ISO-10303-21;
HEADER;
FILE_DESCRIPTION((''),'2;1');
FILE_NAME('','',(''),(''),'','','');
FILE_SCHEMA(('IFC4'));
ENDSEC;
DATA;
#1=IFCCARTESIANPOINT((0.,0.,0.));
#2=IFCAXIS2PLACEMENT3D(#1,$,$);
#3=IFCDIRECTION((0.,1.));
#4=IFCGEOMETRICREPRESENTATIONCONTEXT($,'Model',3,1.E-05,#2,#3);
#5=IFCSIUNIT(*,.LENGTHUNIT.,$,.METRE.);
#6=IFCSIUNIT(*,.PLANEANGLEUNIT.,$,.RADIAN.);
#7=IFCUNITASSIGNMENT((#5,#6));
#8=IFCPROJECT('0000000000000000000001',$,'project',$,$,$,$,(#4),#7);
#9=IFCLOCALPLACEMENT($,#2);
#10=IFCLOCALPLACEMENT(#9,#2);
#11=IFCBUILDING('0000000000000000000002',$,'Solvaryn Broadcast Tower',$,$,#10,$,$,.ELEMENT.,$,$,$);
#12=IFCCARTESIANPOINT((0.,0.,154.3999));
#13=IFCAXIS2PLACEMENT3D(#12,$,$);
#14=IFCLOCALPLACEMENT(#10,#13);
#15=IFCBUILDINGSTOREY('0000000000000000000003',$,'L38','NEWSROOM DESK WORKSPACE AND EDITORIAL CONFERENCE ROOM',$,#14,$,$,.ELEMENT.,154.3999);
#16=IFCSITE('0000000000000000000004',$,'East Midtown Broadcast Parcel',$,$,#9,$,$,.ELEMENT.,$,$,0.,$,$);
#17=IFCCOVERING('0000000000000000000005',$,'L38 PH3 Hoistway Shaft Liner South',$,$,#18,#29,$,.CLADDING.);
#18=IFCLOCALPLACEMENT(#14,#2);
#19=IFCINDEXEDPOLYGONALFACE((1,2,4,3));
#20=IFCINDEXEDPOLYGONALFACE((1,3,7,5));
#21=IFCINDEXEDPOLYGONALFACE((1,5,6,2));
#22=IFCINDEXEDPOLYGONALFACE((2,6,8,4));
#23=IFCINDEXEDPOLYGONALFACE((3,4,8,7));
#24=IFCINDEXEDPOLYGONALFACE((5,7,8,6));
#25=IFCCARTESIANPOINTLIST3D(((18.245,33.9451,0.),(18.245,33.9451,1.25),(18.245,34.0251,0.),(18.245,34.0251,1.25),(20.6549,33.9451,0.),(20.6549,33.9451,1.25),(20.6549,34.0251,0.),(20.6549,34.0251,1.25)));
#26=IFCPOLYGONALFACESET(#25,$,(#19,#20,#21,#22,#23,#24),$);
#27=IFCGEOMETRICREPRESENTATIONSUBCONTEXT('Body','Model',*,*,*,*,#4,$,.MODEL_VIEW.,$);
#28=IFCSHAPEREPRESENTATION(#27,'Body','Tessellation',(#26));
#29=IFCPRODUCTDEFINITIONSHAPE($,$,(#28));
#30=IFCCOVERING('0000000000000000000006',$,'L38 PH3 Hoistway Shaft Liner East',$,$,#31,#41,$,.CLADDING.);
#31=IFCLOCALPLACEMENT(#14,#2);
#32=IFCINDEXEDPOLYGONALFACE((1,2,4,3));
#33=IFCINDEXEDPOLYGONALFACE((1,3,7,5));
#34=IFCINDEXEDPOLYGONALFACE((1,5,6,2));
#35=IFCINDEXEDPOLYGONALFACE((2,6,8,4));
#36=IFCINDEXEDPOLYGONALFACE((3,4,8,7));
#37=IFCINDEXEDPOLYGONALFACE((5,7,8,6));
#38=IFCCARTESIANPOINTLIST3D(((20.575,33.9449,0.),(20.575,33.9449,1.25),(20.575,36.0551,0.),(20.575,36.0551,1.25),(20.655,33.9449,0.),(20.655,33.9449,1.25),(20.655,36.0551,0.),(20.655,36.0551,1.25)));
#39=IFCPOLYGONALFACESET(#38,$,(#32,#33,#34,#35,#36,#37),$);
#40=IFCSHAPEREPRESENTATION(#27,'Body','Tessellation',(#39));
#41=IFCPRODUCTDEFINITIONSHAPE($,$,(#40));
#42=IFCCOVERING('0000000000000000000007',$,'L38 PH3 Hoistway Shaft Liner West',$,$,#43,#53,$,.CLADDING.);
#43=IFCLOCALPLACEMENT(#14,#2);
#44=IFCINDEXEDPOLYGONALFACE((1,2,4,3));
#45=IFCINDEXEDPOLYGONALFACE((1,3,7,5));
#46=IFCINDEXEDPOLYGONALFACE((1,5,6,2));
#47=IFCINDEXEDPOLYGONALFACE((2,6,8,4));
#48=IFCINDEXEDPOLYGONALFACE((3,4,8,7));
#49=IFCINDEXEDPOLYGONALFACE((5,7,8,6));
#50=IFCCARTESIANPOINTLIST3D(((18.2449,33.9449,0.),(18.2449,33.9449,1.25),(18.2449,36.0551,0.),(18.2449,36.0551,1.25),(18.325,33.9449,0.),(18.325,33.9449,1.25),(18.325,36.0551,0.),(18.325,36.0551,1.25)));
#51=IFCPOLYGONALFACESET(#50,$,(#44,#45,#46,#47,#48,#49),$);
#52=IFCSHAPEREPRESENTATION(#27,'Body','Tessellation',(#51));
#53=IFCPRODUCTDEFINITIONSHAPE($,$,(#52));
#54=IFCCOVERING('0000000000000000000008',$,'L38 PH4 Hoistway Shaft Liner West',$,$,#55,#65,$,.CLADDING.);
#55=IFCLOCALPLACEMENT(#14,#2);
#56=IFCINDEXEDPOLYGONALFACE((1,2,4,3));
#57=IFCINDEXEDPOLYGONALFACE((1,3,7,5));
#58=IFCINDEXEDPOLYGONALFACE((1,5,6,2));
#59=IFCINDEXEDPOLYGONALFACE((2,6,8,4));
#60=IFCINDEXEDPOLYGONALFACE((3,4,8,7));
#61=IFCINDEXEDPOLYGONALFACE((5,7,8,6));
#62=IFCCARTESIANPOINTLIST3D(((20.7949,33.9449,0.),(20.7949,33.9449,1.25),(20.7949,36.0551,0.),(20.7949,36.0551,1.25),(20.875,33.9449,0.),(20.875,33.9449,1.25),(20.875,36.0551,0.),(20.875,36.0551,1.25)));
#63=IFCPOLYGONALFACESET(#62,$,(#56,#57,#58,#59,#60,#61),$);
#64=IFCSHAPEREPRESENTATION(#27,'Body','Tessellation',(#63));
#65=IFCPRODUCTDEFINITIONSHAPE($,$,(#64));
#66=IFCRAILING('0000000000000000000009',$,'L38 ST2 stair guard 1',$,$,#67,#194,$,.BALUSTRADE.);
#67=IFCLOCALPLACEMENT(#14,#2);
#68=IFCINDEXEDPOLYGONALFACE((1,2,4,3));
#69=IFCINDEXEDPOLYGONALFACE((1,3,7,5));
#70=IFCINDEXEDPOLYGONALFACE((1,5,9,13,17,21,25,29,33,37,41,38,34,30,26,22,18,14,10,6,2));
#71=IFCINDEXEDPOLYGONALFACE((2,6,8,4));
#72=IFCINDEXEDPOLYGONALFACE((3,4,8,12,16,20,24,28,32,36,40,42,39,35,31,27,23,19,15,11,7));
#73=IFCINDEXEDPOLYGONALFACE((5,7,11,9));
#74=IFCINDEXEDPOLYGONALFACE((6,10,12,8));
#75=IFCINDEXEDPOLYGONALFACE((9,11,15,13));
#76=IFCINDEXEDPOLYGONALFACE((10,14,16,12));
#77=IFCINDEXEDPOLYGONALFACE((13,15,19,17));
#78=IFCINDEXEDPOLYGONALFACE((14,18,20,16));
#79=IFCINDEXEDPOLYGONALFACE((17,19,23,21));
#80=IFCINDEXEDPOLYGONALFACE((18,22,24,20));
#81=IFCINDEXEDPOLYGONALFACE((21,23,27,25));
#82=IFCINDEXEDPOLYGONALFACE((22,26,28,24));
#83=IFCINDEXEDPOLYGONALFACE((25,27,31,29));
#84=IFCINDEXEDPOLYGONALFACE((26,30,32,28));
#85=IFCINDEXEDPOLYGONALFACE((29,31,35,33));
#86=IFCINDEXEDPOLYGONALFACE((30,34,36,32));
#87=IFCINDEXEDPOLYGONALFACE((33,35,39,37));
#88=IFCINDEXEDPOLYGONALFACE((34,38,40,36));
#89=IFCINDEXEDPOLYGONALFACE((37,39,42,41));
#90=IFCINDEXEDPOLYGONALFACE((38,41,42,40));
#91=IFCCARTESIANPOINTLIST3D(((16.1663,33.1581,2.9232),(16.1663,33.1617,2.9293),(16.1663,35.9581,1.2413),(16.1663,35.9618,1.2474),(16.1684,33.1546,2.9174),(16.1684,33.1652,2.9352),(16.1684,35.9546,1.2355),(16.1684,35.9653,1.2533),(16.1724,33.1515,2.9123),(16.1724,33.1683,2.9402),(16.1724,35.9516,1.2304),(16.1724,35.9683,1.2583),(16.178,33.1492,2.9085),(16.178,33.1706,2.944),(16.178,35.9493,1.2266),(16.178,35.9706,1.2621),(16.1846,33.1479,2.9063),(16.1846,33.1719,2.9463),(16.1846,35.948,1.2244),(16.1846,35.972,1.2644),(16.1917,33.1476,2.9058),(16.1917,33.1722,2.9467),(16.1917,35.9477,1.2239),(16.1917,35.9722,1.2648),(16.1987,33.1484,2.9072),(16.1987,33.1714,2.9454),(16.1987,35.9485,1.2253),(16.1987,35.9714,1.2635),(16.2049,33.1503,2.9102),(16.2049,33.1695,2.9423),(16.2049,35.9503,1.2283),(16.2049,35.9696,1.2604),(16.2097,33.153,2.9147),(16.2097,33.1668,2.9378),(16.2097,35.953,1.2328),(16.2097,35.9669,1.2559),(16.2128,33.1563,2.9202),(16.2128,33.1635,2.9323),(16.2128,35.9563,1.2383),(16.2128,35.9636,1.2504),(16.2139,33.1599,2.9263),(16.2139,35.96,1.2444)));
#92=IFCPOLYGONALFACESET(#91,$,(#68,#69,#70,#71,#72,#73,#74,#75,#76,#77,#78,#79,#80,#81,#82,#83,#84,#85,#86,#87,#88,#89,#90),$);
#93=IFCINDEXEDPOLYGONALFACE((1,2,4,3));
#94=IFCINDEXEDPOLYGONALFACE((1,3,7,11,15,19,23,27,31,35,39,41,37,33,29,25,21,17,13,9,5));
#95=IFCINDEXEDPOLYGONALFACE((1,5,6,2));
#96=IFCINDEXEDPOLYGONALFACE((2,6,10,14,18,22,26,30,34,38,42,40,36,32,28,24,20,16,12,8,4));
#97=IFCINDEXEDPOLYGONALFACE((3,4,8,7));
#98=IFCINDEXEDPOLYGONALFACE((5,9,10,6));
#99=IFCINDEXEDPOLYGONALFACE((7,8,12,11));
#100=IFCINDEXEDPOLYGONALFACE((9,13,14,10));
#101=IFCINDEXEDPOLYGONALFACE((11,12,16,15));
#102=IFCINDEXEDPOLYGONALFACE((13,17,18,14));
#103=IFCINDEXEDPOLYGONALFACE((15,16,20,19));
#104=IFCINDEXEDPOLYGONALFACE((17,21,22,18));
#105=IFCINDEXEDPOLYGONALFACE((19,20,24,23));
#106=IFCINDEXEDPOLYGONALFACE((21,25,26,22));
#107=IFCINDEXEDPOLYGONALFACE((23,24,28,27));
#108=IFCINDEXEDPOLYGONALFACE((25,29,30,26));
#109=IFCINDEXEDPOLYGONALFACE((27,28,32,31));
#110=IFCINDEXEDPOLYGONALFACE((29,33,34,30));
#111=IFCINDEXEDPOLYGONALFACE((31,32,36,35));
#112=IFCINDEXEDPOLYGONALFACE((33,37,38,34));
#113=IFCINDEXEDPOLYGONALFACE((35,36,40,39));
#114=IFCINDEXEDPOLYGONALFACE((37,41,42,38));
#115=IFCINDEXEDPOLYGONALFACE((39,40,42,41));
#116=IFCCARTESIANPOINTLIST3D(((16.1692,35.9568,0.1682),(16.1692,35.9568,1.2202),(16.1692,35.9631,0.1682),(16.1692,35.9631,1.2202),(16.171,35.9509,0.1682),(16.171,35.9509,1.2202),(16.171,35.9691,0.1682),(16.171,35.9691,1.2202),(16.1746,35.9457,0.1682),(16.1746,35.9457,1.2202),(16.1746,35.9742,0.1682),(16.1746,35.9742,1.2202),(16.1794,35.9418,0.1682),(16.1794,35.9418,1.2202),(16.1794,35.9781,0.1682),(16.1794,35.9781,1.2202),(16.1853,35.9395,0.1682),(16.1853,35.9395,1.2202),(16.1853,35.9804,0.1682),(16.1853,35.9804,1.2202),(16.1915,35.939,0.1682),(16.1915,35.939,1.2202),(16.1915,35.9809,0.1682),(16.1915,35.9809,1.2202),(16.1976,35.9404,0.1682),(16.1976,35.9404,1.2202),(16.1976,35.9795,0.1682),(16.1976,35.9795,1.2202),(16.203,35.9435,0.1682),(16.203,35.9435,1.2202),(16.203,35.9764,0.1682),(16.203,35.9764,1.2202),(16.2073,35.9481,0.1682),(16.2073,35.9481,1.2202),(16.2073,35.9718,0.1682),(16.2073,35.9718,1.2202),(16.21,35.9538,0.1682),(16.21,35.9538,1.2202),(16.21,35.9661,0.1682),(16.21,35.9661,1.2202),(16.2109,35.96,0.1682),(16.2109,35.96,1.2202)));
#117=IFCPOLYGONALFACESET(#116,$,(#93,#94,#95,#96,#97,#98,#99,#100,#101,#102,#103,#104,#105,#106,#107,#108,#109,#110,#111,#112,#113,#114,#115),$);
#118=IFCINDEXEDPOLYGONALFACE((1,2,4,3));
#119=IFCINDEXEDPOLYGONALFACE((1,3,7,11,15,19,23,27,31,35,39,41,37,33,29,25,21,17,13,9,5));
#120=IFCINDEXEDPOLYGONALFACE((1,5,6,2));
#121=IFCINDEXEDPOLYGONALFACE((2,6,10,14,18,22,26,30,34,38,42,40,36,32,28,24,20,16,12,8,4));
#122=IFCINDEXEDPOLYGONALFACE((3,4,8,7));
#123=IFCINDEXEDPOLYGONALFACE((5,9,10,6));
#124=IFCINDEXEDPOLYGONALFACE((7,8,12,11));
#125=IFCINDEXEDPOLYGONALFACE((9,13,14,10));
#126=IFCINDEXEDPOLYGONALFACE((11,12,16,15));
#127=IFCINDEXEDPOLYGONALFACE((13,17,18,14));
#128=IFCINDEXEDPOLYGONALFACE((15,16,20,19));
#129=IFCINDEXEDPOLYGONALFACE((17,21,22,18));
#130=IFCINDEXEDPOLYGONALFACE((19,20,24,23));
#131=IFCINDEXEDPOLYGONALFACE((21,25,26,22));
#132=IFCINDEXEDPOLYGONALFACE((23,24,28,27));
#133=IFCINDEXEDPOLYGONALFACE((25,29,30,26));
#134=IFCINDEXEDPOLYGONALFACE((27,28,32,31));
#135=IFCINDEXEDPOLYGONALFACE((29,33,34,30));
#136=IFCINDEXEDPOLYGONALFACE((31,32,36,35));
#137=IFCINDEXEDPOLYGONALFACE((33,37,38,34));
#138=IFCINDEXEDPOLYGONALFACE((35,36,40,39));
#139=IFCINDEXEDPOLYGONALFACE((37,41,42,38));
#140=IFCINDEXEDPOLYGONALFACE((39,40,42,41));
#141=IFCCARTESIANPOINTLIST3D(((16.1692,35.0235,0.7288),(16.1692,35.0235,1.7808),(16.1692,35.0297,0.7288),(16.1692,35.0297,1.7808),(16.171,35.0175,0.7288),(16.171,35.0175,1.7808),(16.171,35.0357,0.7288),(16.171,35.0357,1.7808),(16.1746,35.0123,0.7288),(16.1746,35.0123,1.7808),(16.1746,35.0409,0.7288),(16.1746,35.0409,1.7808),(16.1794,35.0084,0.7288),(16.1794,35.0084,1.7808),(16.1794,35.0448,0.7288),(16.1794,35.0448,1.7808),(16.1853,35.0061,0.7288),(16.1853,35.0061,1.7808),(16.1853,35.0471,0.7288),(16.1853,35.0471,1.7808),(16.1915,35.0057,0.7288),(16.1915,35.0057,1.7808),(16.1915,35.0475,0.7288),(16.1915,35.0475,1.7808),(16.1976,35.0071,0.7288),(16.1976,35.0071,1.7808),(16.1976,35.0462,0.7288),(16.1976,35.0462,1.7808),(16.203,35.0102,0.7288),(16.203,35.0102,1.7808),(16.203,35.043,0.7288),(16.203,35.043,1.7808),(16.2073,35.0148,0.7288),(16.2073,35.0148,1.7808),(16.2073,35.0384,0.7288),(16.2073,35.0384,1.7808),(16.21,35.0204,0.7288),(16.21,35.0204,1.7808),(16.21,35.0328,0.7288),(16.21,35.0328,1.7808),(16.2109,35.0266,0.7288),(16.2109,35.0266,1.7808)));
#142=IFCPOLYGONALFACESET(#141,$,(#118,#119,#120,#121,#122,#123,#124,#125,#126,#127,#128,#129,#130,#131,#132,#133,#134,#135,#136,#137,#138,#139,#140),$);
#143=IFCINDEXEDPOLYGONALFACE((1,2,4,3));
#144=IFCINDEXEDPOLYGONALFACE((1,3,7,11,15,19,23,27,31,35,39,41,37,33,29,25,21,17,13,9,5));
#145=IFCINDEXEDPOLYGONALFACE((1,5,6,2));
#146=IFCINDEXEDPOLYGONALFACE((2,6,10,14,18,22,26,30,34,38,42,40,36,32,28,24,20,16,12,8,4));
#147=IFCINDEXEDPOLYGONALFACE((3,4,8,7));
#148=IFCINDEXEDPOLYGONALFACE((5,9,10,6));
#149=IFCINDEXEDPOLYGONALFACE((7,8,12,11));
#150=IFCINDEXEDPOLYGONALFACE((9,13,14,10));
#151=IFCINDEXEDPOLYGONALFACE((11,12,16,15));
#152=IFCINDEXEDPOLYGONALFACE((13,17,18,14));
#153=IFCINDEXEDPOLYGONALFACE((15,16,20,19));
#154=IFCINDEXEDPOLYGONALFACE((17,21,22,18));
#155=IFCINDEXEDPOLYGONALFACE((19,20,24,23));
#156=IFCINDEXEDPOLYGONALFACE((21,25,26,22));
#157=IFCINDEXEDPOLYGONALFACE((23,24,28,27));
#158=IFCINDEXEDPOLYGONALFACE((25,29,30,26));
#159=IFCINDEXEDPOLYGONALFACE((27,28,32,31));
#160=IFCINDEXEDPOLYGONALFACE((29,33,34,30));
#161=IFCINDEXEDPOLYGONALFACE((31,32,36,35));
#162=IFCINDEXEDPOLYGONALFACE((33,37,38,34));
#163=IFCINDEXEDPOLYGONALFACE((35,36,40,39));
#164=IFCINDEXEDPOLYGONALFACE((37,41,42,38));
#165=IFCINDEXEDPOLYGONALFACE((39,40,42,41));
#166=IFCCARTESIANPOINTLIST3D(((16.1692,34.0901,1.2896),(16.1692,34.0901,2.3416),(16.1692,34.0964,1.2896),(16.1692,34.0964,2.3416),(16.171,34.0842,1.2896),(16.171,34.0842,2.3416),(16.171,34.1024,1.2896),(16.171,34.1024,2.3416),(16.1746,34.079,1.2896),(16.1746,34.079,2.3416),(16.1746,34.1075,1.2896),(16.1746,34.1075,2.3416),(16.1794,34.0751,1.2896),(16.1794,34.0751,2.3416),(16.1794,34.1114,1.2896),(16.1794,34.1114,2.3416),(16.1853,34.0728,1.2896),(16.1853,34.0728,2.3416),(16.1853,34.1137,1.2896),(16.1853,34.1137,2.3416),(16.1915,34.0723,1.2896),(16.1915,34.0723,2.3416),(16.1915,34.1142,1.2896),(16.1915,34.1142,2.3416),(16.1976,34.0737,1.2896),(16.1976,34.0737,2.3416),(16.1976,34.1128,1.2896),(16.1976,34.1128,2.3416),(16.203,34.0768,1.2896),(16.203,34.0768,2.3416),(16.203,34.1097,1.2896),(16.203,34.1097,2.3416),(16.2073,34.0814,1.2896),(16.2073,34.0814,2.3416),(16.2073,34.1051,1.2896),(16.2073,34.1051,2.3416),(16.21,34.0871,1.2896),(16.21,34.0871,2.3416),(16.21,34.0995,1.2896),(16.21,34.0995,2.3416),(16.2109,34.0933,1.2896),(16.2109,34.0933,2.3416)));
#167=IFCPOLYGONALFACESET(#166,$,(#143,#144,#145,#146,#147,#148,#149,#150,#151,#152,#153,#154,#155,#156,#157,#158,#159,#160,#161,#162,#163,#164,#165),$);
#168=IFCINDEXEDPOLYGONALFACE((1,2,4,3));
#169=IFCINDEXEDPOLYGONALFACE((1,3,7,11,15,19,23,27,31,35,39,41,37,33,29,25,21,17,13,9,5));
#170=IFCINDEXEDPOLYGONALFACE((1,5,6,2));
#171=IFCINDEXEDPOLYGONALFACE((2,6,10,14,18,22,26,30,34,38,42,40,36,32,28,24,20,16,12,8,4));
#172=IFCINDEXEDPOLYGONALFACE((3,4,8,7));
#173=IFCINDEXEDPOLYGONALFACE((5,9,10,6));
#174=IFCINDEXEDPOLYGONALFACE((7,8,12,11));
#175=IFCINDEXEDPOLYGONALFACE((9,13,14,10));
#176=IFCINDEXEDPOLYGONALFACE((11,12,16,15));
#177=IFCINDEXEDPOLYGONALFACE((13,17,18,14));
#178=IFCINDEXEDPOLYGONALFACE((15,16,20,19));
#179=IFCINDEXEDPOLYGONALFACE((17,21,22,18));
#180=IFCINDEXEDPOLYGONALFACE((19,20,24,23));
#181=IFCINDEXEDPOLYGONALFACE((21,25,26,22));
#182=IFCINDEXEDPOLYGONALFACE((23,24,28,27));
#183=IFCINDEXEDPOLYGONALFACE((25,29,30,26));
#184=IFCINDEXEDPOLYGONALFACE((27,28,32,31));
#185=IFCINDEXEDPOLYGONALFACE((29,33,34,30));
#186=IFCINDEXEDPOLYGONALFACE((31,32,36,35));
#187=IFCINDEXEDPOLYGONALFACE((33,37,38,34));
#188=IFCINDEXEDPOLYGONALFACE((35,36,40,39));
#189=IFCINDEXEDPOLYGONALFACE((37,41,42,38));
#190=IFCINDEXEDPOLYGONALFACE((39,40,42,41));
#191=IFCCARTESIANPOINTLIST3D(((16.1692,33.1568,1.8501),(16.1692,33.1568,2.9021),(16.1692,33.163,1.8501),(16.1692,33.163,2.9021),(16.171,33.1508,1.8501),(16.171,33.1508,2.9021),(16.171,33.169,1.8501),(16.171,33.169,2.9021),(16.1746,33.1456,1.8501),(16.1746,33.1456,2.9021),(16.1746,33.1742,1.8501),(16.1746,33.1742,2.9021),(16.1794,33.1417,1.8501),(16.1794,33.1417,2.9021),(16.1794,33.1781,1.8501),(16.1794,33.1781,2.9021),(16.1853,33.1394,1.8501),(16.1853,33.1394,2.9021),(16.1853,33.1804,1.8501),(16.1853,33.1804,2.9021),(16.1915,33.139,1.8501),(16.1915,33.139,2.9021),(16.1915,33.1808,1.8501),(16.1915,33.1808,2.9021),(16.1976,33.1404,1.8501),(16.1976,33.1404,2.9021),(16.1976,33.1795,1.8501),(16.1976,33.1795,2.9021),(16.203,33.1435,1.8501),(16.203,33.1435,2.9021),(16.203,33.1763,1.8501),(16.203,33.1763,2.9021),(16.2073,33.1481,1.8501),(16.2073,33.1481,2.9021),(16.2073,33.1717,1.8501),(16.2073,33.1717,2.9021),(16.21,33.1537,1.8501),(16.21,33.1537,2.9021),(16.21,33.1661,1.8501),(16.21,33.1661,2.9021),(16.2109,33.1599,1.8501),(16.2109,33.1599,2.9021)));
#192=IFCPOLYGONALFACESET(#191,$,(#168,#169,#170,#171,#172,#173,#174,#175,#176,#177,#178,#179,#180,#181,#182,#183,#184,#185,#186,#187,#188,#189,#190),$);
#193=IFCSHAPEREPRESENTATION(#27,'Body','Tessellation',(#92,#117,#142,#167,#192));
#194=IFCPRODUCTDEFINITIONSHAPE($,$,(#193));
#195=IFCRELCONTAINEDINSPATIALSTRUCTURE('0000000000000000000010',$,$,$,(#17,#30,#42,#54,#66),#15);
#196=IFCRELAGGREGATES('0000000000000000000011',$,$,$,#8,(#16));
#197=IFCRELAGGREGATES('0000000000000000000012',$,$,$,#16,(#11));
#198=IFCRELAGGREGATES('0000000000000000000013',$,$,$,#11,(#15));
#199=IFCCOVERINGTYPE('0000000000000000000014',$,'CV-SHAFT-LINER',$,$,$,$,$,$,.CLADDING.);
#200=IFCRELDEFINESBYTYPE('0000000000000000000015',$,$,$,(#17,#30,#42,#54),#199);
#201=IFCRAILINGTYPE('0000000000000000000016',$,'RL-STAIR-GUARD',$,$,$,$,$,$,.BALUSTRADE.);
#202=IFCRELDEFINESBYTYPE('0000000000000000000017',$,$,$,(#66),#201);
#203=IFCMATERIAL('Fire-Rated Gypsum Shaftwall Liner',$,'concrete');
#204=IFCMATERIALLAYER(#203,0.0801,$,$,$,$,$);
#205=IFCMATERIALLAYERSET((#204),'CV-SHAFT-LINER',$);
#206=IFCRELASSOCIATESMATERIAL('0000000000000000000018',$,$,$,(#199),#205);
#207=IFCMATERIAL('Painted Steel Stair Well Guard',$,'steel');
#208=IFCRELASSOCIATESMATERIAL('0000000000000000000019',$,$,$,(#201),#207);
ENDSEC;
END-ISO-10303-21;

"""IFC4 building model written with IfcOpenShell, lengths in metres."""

from ifc_helpers import new_model, si_unit, direction, frame, origin, origin_2d, place, context, subcontext, project, spatial, rectangle, circle, extrude, material, layer, layer_set, type_object, element, save


model = new_model("IFC4")

# Units and contexts
model_context = context("Model", 3, precision=1e-05, world=origin(), true_north=direction((0.0, 1.0)))
body_context = subcontext(model_context, "Body", "Model", "MODEL_VIEW")
ifc_project = project(units=[si_unit("LENGTHUNIT", "METRE"), si_unit("PLANEANGLEUNIT", "RADIAN")], contexts=[model_context])

# Site, building, storey
site_placement = place(None, origin())
site = spatial("IfcSite", under=ifc_project, at=site_placement, Name="East Midtown Broadcast Parcel", CompositionType="ELEMENT", RefElevation=0.0)
building_placement = place(site_placement, origin())
building = spatial("IfcBuilding", under=site, at=building_placement, Name="Solvaryn Broadcast Tower", CompositionType="ELEMENT")
storey_placement = place(building_placement, frame((0.0, 0.0, 154.3999)))
storey = spatial("IfcBuildingStorey", under=building, at=storey_placement, Name="L38", Description="NEWSROOM DESK WORKSPACE AND EDITORIAL CONFERENCE ROOM", CompositionType="ELEMENT", Elevation=154.3999)

# Coverings
ifc_material_1 = material(Name="Fire-Rated Gypsum Shaftwall Liner", Category="concrete")
ifc_layer_1 = layer(ifc_material_1, 0.0801)
ifc_layer_set_1 = layer_set([ifc_layer_1], Name="CV-SHAFT-LINER")
covering_type = type_object("IfcCoveringType", Name="CV-SHAFT-LINER", PredefinedType="CLADDING", material=ifc_layer_set_1)
for number, where, z_axis, x_axis, name in (
    (1, (19.45, 33.9851, 0.0), (0.0, 0.0, 1.0), (1.0, 0.0, 0.0), "L38 PH3 Hoistway Shaft Liner South"),
):
    element("IfcCovering", number, at=place(storey_placement, frame(where, z_axis=z_axis, x_axis=x_axis)), inside=storey, type_object=covering_type, Name=name, PredefinedType="CLADDING", context=body_context, shape_type="SweptSolid", body=[
        extrude(rectangle(XDim=2.4099, YDim=0.0801, at=origin_2d()), origin(), (0.0, 0.0, 1.0), 1.25),
    ])
for number, where, z_axis, x_axis, name in (
    (2, (20.615, 35.0, 0.0), (0.0, 0.0, 1.0), (1.0, 0.0, 0.0), "L38 PH3 Hoistway Shaft Liner East"),
    (3, (18.2849, 35.0, 0.0), (0.0, 0.0, 1.0), (1.0, 0.0, 0.0), "L38 PH3 Hoistway Shaft Liner West"),
    (4, (20.835, 35.0, 0.0), (0.0, 0.0, 1.0), (1.0, 0.0, 0.0), "L38 PH4 Hoistway Shaft Liner West"),
):
    element("IfcCovering", number, at=place(storey_placement, frame(where, z_axis=z_axis, x_axis=x_axis)), inside=storey, type_object=covering_type, Name=name, PredefinedType="CLADDING", context=body_context, shape_type="SweptSolid", body=[
        extrude(rectangle(XDim=0.0801, YDim=2.1101, at=origin_2d()), origin(), (0.0, 0.0, 1.0), 1.25),
    ])

# Railing
ifc_material_2 = material(Name="Painted Steel Stair Well Guard", Category="steel")
railing_type_1 = type_object("IfcRailingType", Name="RL-STAIR-GUARD", PredefinedType="BALUSTRADE", material=ifc_material_2)
railing_1_placement = place(storey_placement, frame((16.1899, 35.96, 0.1682)))
element("IfcRailing", 5, at=railing_1_placement, inside=storey, type_object=railing_type_1, Name="L38 ST2 stair guard 1", PredefinedType="BALUSTRADE", context=body_context, shape_type="SweptSolid", body=[
    extrude(circle(Radius=0.0239, at=origin_2d()), frame((0.0, 0.0, 1.0762), z_axis=(0.0, -0.857242, 0.514913), x_axis=(1.0, 0.0, 0.0)), (0.0, 0.0, 1.0), 3.2664),
    extrude(circle(Radius=0.021, at=origin_2d()), origin(), (0.0, 0.0, 1.0), 1.052),
    extrude(circle(Radius=0.021, at=origin_2d()), frame((0.0, -0.9333, 0.5605)), (0.0, 0.0, 1.0), 1.052),
    extrude(circle(Radius=0.021, at=origin_2d()), frame((0.0, -1.8667, 1.1213)), (0.0, 0.0, 1.0), 1.052),
    extrude(circle(Radius=0.021, at=origin_2d()), frame((0.0, -2.8, 1.6819)), (0.0, 0.0, 1.0), 1.052),
])

save(model, "model.ifc")
